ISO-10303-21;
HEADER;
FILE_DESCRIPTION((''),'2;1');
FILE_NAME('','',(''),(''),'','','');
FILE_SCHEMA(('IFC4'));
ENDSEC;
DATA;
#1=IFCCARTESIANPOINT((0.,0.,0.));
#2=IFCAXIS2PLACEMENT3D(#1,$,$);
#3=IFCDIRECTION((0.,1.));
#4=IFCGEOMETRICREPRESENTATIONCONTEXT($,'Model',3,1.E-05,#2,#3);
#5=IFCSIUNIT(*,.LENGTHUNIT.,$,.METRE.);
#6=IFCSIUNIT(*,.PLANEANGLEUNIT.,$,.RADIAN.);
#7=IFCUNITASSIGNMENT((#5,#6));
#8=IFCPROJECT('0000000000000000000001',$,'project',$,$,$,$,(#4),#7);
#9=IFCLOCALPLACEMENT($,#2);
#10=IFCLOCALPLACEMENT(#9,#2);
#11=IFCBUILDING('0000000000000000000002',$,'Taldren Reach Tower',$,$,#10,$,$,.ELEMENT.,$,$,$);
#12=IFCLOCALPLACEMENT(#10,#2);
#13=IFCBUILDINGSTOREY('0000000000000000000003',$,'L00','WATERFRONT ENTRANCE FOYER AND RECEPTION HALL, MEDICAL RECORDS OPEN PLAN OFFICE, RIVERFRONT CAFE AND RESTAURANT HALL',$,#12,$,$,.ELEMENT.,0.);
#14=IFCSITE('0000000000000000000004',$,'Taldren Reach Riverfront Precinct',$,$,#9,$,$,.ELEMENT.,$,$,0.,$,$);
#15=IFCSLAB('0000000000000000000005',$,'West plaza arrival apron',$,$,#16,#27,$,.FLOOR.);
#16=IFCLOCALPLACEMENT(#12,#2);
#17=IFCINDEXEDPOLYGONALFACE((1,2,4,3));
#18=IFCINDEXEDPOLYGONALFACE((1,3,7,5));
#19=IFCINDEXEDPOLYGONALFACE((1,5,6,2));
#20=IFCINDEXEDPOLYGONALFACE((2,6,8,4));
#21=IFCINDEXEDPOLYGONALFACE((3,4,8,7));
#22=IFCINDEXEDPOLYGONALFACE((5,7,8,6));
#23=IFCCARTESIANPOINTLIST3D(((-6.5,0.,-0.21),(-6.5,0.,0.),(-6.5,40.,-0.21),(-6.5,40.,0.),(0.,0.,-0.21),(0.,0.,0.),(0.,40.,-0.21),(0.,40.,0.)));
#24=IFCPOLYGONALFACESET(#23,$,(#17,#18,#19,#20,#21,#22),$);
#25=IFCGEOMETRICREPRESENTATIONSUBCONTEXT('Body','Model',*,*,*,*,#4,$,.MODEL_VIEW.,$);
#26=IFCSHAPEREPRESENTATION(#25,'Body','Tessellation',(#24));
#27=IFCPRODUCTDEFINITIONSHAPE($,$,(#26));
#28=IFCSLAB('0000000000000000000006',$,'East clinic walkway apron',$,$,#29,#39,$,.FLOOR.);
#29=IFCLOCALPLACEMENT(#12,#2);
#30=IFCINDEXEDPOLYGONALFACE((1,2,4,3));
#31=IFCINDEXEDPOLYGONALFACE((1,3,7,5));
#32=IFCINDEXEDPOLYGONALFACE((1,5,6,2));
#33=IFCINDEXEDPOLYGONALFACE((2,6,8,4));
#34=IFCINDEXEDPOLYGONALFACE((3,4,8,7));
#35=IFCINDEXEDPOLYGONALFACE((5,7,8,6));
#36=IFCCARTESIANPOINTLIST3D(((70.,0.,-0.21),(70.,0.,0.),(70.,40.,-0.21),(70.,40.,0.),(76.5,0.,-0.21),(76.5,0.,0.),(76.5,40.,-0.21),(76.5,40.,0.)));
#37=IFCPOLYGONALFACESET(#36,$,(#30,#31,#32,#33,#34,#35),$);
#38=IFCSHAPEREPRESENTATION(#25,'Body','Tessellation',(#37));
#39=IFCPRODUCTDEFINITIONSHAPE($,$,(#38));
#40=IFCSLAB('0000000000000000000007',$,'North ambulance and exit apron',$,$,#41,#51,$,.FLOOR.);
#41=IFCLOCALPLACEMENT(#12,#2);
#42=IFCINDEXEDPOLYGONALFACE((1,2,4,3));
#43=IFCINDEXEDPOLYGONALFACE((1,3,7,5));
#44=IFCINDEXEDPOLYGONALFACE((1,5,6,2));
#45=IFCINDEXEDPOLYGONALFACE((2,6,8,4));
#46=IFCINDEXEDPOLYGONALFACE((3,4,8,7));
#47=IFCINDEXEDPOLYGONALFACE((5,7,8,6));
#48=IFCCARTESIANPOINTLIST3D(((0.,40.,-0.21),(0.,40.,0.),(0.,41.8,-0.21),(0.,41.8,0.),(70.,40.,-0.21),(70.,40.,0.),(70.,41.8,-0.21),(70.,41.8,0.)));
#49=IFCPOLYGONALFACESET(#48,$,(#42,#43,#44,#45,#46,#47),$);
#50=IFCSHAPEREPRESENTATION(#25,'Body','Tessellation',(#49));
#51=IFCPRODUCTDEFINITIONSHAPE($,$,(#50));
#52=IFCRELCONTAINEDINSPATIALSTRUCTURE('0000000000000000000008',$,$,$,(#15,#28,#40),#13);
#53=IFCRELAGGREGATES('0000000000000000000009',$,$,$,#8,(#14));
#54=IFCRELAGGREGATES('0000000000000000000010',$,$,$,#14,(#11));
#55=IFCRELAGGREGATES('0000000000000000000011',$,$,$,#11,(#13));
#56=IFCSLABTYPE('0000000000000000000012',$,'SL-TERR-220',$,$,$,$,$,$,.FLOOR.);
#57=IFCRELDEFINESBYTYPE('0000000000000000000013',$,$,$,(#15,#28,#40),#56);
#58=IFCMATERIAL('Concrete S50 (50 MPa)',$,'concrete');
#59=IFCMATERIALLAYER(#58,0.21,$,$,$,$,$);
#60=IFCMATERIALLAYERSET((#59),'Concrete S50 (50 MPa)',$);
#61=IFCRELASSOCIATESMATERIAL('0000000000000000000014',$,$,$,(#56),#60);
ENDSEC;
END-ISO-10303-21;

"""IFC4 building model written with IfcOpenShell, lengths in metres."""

from ifc_helpers import new_model, si_unit, direction, frame, origin, place, context, subcontext, project, spatial, polyline, outline, extrude, material, layer, layer_set, type_object, element, save


model = new_model("IFC4")

# Units and contexts
model_context = context("Model", 3, precision=1e-05, world=origin(), true_north=direction((0.0, 1.0)))
body_context = subcontext(model_context, "Body", "Model", "MODEL_VIEW")
ifc_project = project(units=[si_unit("LENGTHUNIT", "METRE"), si_unit("PLANEANGLEUNIT", "RADIAN")], contexts=[model_context])

# Site, building, storey
site_placement = place(None, origin())
site = spatial("IfcSite", under=ifc_project, at=site_placement, Name="Taldren Reach Riverfront Precinct", CompositionType="ELEMENT", RefElevation=0.0)
building_placement = place(site_placement, origin())
building = spatial("IfcBuilding", under=site, at=building_placement, Name="Taldren Reach Tower", CompositionType="ELEMENT")
storey_placement = place(building_placement, origin())
storey = spatial("IfcBuildingStorey", under=building, at=storey_placement, Name="L00", Description="WATERFRONT ENTRANCE FOYER AND RECEPTION HALL, MEDICAL RECORDS OPEN PLAN OFFICE, RIVERFRONT CAFE AND RESTAURANT HALL", CompositionType="ELEMENT", Elevation=0.0)

# Shared definitions
ifc_material_1 = material(Name="Concrete S50 (50 MPa)", Category="concrete")

# Slabs
ifc_layer_1 = layer(ifc_material_1, 0.21)
ifc_layer_set_1 = layer_set([ifc_layer_1], Name="Concrete S50 (50 MPa)")
slab_type_1 = type_object("IfcSlabType", Name="SL-TERR-220", PredefinedType="FLOOR", material=ifc_layer_set_1)
slab_1_placement = place(storey_placement, frame((0.0, 0.0, -0.21)))
element("IfcSlab", 1, at=slab_1_placement, inside=storey, type_object=slab_type_1, Name="West plaza arrival apron", PredefinedType="FLOOR", context=body_context, shape_type="SweptSolid", body=[
    extrude(outline(polyline([(-6.5, 0.0), (0.0, 0.0), (0.0, 40.0), (-6.5, 40.0), (-6.5, 0.0)])), origin(), (0.0, 0.0, 1.0), 0.21),
])
slab_2_placement = place(storey_placement, frame((0.0, 0.0, -0.21)))
element("IfcSlab", 2, at=slab_2_placement, inside=storey, type_object=slab_type_1, Name="East clinic walkway apron", PredefinedType="FLOOR", context=body_context, shape_type="SweptSolid", body=[
    extrude(outline(polyline([(70.0, 0.0), (76.5, 0.0), (76.5, 40.0), (70.0, 40.0), (70.0, 0.0)])), origin(), (0.0, 0.0, 1.0), 0.21),
])
slab_3_placement = place(storey_placement, frame((0.0, 0.0, -0.21)))
element("IfcSlab", 3, at=slab_3_placement, inside=storey, type_object=slab_type_1, Name="North ambulance and exit apron", PredefinedType="FLOOR", context=body_context, shape_type="SweptSolid", body=[
    extrude(outline(polyline([(0.0, 40.0), (70.0, 40.0), (70.0, 41.8), (0.0, 41.8), (0.0, 40.0)])), origin(), (0.0, 0.0, 1.0), 0.21),
])

save(model, "model.ifc")
